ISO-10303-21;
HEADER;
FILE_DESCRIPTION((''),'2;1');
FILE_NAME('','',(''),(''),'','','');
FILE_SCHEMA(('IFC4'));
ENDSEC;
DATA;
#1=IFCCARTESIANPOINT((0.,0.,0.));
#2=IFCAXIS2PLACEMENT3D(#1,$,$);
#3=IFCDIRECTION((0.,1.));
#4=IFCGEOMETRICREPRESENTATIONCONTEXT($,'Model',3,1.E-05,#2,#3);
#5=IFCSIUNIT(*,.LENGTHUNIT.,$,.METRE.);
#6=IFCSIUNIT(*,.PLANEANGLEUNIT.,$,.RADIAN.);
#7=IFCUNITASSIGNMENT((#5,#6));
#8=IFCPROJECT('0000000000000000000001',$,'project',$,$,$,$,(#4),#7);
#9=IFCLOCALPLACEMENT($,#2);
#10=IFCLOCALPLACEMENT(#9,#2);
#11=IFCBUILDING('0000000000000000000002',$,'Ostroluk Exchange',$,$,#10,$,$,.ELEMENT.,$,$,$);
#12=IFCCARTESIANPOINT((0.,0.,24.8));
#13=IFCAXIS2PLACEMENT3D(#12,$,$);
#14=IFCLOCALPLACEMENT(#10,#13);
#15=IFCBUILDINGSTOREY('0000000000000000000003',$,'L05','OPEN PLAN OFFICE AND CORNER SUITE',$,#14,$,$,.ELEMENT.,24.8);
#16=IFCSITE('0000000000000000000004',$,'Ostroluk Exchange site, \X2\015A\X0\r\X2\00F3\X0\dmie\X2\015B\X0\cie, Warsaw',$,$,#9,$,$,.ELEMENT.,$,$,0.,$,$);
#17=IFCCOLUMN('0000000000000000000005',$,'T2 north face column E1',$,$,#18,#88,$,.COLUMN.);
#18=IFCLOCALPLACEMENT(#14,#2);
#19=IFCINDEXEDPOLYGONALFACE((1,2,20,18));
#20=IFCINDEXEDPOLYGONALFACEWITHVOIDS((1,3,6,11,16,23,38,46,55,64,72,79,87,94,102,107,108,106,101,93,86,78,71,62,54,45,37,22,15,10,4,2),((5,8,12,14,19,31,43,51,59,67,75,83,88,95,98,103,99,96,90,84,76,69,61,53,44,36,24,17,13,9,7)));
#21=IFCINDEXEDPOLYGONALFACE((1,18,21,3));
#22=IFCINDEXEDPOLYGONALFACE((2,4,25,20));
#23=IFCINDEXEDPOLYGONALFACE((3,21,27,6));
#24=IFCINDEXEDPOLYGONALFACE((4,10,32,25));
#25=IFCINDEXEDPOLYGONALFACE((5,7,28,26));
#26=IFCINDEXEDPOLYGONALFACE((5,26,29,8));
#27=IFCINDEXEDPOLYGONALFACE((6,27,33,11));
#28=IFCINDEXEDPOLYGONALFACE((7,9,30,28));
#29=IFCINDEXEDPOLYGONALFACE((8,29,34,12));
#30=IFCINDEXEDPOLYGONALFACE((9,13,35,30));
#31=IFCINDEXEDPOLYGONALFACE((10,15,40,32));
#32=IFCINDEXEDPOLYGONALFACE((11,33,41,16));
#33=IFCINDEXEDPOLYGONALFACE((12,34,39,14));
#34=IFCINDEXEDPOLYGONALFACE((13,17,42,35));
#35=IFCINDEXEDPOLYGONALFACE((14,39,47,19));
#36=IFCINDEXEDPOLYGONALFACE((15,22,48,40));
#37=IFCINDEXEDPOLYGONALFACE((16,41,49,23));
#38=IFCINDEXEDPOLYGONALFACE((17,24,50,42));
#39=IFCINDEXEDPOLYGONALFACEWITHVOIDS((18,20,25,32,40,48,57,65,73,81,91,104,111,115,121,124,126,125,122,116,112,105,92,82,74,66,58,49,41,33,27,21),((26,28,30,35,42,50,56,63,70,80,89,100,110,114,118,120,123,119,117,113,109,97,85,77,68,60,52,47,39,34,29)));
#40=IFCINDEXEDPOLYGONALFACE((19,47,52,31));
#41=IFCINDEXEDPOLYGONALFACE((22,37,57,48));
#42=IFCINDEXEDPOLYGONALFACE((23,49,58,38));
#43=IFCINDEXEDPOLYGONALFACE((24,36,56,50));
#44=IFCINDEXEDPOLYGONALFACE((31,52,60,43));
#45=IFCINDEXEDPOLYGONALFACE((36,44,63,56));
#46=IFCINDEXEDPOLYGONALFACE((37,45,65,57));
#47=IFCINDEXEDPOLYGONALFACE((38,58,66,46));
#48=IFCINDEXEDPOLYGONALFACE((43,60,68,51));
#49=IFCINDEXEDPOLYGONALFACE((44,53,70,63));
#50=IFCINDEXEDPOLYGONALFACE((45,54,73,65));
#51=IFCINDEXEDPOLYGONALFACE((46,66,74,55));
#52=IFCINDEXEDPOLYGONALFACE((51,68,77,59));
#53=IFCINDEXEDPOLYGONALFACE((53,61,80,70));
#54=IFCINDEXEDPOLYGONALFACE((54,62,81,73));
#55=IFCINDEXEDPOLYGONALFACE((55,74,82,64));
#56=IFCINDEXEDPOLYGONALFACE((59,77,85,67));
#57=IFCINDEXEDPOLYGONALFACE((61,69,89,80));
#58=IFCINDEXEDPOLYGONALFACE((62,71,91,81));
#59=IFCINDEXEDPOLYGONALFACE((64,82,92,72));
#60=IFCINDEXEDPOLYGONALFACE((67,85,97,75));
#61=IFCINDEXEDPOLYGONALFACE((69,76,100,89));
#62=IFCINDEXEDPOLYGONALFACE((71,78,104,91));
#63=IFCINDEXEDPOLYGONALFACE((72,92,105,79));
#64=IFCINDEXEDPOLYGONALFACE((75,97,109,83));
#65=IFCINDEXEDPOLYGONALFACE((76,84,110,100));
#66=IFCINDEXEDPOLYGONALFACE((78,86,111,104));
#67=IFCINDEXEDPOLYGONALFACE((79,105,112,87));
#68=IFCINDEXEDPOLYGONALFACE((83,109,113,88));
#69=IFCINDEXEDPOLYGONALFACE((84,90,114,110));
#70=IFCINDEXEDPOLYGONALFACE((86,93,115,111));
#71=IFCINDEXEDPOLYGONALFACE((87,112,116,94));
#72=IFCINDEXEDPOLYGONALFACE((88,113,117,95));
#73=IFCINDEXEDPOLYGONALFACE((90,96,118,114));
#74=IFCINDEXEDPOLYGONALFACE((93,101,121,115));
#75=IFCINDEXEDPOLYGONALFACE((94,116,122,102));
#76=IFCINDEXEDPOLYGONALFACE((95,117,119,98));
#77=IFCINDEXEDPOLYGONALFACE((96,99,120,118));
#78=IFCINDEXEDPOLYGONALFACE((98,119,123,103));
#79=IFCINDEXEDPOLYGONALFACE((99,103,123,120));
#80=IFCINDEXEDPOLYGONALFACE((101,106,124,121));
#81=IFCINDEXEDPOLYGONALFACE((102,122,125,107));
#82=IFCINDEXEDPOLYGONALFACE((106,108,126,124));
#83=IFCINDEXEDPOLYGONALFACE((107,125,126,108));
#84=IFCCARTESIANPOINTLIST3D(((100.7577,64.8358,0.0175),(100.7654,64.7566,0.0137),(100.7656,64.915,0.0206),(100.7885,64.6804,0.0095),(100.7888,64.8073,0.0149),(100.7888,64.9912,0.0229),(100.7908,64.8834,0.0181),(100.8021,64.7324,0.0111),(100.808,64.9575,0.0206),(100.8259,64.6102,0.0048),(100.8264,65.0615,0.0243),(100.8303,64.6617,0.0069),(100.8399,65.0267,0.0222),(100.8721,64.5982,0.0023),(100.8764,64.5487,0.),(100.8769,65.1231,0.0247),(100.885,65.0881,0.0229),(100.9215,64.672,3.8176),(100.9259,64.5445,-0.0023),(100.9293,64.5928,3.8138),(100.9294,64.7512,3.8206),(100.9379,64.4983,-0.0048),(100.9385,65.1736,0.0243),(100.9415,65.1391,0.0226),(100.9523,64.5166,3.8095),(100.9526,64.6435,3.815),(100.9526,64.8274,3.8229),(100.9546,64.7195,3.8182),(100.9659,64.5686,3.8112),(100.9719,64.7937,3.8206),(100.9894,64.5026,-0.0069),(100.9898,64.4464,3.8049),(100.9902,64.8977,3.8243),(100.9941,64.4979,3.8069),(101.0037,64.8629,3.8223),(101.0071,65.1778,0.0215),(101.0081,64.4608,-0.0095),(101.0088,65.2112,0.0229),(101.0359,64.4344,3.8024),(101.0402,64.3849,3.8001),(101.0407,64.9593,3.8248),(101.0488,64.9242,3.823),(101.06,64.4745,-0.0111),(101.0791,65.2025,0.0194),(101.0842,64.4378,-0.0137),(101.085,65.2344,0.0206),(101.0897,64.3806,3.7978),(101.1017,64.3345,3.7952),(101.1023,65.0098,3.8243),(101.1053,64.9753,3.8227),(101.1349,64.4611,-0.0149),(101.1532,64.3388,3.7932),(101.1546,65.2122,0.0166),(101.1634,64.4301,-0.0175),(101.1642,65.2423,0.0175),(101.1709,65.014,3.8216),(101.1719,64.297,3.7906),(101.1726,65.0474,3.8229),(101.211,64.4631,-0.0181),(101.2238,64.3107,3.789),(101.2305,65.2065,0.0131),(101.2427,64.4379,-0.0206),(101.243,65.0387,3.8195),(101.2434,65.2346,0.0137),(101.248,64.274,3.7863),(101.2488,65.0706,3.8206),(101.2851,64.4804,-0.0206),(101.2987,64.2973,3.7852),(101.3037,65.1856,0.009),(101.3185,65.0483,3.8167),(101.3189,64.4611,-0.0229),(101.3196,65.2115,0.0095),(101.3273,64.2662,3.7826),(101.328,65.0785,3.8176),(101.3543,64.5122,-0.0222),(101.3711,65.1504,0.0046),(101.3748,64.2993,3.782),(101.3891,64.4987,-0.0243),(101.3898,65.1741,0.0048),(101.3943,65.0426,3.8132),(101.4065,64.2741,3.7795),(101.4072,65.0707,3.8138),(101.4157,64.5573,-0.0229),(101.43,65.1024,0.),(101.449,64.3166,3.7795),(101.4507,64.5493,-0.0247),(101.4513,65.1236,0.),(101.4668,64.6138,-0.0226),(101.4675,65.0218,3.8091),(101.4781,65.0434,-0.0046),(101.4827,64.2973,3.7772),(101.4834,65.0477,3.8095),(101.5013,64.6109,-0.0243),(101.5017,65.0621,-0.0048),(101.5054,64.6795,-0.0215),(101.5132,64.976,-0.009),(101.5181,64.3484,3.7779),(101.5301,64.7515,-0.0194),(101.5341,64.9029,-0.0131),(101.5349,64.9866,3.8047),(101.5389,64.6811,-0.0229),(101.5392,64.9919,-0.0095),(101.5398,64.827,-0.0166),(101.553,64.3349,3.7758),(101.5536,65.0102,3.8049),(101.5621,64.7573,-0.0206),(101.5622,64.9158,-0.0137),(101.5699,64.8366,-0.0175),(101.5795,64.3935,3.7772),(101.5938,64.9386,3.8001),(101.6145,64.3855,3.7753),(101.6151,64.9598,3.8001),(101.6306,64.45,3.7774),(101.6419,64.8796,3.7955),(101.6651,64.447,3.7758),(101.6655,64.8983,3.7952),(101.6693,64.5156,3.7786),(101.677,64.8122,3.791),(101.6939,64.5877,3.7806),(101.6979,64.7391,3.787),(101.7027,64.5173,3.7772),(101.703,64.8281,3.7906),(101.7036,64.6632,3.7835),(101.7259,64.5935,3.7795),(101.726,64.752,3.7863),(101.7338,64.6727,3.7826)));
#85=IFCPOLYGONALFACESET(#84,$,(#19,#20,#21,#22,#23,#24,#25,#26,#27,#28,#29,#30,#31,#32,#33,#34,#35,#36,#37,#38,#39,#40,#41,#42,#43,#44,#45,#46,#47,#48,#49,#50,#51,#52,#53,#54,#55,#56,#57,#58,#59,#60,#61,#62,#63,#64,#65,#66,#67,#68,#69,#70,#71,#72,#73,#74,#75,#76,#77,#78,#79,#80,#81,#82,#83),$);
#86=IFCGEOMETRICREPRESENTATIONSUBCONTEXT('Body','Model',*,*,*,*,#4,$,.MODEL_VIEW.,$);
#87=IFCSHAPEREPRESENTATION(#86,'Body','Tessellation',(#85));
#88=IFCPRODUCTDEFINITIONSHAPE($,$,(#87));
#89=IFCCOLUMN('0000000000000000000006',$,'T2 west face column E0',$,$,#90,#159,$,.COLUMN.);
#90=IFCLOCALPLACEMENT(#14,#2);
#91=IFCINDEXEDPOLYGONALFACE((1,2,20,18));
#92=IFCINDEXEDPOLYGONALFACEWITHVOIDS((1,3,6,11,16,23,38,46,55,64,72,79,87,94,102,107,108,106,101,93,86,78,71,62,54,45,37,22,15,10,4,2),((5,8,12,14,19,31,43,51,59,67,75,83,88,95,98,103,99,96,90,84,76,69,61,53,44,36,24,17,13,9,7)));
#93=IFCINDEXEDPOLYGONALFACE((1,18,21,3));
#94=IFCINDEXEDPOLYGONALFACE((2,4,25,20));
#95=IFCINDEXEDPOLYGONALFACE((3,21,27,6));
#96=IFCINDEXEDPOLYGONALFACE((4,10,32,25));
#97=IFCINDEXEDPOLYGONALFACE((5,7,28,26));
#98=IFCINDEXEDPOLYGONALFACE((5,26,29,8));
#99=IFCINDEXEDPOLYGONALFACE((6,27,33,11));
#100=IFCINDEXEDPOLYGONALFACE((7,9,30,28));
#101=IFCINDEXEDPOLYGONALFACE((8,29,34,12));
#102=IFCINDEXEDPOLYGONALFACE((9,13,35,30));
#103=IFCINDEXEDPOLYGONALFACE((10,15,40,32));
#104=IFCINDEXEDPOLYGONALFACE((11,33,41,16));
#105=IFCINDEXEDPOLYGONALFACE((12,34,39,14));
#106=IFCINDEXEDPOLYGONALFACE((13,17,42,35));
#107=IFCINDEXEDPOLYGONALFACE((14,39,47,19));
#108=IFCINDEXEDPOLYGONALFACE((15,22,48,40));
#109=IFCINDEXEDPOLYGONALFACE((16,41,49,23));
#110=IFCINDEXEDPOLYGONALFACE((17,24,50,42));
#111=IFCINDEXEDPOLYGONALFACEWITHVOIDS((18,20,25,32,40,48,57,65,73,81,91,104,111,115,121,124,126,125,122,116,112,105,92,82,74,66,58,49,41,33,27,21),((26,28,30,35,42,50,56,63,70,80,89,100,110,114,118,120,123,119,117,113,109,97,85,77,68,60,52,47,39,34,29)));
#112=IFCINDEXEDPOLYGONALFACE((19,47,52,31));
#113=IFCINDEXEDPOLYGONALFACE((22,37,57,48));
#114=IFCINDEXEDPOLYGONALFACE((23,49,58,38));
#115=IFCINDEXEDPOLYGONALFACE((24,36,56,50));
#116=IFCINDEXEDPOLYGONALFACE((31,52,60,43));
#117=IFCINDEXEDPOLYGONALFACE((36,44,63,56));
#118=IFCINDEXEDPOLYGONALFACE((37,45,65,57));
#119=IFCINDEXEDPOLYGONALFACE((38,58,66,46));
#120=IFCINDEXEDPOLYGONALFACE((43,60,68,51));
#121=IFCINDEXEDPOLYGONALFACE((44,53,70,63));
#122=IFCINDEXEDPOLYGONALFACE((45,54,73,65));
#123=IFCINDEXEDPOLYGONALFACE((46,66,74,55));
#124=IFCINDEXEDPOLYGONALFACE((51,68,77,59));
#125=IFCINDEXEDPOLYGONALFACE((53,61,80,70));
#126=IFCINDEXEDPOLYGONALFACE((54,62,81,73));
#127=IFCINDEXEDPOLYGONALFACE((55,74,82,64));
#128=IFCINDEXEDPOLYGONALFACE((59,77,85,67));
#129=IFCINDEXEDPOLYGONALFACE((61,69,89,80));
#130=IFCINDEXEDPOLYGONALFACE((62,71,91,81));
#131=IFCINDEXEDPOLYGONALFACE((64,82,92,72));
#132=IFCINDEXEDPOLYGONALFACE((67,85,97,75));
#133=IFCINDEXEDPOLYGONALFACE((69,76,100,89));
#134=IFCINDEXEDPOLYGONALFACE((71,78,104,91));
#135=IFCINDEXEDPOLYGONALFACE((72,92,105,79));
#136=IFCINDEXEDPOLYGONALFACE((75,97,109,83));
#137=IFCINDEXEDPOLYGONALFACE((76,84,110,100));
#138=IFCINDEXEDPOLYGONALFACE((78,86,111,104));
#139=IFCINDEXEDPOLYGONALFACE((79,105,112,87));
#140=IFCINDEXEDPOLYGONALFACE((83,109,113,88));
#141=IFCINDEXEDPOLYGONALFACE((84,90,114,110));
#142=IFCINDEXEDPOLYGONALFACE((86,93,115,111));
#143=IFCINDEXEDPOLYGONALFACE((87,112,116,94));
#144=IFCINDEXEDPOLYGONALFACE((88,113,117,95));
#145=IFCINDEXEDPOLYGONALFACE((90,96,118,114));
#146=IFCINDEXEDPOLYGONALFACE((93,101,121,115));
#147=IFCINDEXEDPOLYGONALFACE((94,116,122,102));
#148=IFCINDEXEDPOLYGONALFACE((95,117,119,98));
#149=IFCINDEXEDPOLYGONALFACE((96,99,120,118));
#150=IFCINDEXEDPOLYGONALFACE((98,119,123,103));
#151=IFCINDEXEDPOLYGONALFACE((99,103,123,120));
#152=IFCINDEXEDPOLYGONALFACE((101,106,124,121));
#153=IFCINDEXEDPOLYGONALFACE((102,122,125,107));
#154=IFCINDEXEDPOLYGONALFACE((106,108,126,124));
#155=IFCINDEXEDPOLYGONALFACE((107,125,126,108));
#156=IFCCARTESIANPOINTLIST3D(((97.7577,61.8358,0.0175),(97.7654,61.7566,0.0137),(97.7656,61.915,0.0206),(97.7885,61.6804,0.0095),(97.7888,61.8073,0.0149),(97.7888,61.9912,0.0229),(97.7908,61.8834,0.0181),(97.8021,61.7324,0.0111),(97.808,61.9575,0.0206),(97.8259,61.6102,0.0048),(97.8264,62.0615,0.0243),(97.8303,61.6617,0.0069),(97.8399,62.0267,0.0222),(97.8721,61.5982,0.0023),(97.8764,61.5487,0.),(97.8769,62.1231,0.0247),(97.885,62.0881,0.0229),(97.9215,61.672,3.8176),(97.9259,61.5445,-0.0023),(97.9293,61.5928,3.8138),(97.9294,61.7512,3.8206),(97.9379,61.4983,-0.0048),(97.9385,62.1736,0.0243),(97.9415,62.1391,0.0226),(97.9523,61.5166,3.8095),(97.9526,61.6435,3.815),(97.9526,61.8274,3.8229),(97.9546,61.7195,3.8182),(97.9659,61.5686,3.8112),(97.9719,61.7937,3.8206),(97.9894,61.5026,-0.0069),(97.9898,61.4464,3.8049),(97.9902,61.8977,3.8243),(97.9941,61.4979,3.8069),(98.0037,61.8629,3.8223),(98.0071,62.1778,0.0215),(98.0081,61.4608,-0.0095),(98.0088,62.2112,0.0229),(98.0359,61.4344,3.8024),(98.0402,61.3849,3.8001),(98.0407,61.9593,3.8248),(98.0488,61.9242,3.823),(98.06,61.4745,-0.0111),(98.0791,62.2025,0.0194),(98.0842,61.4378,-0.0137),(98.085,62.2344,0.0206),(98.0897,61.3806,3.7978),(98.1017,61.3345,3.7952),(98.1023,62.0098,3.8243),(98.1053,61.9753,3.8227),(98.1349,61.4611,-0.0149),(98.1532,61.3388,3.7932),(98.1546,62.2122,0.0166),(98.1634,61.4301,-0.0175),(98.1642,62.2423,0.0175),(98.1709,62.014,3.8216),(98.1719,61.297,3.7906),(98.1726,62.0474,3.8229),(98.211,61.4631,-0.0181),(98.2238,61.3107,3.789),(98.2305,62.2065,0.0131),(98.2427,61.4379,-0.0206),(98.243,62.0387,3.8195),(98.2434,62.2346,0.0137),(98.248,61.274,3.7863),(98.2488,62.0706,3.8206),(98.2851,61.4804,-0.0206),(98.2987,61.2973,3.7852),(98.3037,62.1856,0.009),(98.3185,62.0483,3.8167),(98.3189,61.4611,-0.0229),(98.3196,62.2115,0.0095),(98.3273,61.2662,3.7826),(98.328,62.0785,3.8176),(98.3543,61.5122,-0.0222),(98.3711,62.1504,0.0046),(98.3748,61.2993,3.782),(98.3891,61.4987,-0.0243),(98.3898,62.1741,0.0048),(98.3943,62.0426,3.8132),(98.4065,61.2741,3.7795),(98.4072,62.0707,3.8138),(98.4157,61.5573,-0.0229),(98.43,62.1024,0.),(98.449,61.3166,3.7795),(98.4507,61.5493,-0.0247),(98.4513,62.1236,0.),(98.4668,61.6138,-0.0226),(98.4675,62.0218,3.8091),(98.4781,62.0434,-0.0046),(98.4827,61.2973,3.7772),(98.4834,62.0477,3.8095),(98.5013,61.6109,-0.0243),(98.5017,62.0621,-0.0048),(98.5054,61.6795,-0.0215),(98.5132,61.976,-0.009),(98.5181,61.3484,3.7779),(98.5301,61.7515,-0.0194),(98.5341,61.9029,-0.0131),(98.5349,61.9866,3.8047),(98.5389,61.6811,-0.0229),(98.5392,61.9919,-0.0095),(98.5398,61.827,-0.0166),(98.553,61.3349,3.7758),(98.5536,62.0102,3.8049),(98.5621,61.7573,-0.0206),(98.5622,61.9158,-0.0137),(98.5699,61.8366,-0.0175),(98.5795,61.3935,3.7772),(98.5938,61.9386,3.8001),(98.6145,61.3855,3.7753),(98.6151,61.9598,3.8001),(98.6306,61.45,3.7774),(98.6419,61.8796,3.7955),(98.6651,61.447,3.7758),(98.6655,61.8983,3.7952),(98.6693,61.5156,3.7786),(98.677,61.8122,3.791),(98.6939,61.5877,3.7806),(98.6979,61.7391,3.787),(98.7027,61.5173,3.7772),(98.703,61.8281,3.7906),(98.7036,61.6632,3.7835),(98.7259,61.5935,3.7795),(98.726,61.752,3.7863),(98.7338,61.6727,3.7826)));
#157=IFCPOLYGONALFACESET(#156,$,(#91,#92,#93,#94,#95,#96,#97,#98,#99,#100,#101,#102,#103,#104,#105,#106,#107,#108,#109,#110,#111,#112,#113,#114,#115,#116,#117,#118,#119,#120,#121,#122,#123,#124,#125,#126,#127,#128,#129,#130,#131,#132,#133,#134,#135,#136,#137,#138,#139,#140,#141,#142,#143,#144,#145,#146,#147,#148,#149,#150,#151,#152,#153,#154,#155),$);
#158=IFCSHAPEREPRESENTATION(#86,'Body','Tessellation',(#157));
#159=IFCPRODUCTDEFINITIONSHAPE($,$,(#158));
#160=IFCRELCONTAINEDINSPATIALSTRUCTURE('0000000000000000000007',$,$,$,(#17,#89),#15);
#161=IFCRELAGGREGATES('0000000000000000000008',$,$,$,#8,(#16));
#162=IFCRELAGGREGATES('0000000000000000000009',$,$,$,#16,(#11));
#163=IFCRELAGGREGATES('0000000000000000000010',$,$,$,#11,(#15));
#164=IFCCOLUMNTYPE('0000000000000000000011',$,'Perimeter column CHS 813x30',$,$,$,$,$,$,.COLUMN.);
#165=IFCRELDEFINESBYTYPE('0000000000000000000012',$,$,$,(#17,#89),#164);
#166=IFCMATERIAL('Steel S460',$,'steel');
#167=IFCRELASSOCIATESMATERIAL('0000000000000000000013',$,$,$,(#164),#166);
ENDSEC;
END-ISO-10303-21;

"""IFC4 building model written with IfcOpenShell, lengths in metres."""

from ifc_helpers import new_model, si_unit, direction, frame, origin, origin_2d, place, context, subcontext, project, spatial, hollow_circle, extrude, material, material_profile, profile_set, type_object, element, save


model = new_model("IFC4")

# Units and contexts
model_context = context("Model", 3, precision=1e-05, world=origin(), true_north=direction((0.0, 1.0)))
body_context = subcontext(model_context, "Body", "Model", "MODEL_VIEW")
ifc_project = project(units=[si_unit("LENGTHUNIT", "METRE"), si_unit("PLANEANGLEUNIT", "RADIAN")], contexts=[model_context])

# Site, building, storey
site_placement = place(None, origin())
site = spatial("IfcSite", under=ifc_project, at=site_placement, Name="Ostroluk Exchange site, Śródmieście, Warsaw", CompositionType="ELEMENT", RefElevation=0.0)
building_placement = place(site_placement, origin())
building = spatial("IfcBuilding", under=site, at=building_placement, Name="Ostroluk Exchange", CompositionType="ELEMENT")
storey_placement = place(building_placement, frame((0.0, 0.0, 24.8)))
storey = spatial("IfcBuildingStorey", under=building, at=storey_placement, Name="L05", Description="OPEN PLAN OFFICE AND CORNER SUITE", CompositionType="ELEMENT", Elevation=24.8)

# Columns
ifc_material_1 = material(Name="Steel S460", Category="steel")
ifc_material_profile_1 = material_profile(ifc_material_1, hollow_circle(Radius=0.4065, WallThickness=0.03, at=origin_2d()), Name="CHS 813x30")
ifc_profile_set_1 = profile_set([ifc_material_profile_1], Name="Steel S460")
column_type = type_object("IfcColumnType", Name="Perimeter column CHS 813x30", PredefinedType="COLUMN", material=ifc_profile_set_1)
for number, where, z_axis, x_axis, name in (
    (1, (101.1638, 64.8362, 0.0), (0.04303, -0.04303, 0.998147), (0.707107, 0.707107, 0.0), "T2 north face column E1"),
    (2, (98.1638, 61.8362, 0.0), (0.04303, -0.04303, 0.998147), (0.707107, 0.707107, 0.0), "T2 west face column E0"),
):
    element("IfcColumn", number, at=place(storey_placement, frame(where, z_axis=z_axis, x_axis=x_axis)), inside=storey, type_object=column_type, Name=name, PredefinedType="COLUMN", context=body_context, shape_type="SweptSolid", body=[
        extrude(hollow_circle(Radius=0.4065, WallThickness=0.03, at=origin_2d()), origin(), (0.0, 0.0, 1.0), 3.8071),
    ])

save(model, "model.ifc")
